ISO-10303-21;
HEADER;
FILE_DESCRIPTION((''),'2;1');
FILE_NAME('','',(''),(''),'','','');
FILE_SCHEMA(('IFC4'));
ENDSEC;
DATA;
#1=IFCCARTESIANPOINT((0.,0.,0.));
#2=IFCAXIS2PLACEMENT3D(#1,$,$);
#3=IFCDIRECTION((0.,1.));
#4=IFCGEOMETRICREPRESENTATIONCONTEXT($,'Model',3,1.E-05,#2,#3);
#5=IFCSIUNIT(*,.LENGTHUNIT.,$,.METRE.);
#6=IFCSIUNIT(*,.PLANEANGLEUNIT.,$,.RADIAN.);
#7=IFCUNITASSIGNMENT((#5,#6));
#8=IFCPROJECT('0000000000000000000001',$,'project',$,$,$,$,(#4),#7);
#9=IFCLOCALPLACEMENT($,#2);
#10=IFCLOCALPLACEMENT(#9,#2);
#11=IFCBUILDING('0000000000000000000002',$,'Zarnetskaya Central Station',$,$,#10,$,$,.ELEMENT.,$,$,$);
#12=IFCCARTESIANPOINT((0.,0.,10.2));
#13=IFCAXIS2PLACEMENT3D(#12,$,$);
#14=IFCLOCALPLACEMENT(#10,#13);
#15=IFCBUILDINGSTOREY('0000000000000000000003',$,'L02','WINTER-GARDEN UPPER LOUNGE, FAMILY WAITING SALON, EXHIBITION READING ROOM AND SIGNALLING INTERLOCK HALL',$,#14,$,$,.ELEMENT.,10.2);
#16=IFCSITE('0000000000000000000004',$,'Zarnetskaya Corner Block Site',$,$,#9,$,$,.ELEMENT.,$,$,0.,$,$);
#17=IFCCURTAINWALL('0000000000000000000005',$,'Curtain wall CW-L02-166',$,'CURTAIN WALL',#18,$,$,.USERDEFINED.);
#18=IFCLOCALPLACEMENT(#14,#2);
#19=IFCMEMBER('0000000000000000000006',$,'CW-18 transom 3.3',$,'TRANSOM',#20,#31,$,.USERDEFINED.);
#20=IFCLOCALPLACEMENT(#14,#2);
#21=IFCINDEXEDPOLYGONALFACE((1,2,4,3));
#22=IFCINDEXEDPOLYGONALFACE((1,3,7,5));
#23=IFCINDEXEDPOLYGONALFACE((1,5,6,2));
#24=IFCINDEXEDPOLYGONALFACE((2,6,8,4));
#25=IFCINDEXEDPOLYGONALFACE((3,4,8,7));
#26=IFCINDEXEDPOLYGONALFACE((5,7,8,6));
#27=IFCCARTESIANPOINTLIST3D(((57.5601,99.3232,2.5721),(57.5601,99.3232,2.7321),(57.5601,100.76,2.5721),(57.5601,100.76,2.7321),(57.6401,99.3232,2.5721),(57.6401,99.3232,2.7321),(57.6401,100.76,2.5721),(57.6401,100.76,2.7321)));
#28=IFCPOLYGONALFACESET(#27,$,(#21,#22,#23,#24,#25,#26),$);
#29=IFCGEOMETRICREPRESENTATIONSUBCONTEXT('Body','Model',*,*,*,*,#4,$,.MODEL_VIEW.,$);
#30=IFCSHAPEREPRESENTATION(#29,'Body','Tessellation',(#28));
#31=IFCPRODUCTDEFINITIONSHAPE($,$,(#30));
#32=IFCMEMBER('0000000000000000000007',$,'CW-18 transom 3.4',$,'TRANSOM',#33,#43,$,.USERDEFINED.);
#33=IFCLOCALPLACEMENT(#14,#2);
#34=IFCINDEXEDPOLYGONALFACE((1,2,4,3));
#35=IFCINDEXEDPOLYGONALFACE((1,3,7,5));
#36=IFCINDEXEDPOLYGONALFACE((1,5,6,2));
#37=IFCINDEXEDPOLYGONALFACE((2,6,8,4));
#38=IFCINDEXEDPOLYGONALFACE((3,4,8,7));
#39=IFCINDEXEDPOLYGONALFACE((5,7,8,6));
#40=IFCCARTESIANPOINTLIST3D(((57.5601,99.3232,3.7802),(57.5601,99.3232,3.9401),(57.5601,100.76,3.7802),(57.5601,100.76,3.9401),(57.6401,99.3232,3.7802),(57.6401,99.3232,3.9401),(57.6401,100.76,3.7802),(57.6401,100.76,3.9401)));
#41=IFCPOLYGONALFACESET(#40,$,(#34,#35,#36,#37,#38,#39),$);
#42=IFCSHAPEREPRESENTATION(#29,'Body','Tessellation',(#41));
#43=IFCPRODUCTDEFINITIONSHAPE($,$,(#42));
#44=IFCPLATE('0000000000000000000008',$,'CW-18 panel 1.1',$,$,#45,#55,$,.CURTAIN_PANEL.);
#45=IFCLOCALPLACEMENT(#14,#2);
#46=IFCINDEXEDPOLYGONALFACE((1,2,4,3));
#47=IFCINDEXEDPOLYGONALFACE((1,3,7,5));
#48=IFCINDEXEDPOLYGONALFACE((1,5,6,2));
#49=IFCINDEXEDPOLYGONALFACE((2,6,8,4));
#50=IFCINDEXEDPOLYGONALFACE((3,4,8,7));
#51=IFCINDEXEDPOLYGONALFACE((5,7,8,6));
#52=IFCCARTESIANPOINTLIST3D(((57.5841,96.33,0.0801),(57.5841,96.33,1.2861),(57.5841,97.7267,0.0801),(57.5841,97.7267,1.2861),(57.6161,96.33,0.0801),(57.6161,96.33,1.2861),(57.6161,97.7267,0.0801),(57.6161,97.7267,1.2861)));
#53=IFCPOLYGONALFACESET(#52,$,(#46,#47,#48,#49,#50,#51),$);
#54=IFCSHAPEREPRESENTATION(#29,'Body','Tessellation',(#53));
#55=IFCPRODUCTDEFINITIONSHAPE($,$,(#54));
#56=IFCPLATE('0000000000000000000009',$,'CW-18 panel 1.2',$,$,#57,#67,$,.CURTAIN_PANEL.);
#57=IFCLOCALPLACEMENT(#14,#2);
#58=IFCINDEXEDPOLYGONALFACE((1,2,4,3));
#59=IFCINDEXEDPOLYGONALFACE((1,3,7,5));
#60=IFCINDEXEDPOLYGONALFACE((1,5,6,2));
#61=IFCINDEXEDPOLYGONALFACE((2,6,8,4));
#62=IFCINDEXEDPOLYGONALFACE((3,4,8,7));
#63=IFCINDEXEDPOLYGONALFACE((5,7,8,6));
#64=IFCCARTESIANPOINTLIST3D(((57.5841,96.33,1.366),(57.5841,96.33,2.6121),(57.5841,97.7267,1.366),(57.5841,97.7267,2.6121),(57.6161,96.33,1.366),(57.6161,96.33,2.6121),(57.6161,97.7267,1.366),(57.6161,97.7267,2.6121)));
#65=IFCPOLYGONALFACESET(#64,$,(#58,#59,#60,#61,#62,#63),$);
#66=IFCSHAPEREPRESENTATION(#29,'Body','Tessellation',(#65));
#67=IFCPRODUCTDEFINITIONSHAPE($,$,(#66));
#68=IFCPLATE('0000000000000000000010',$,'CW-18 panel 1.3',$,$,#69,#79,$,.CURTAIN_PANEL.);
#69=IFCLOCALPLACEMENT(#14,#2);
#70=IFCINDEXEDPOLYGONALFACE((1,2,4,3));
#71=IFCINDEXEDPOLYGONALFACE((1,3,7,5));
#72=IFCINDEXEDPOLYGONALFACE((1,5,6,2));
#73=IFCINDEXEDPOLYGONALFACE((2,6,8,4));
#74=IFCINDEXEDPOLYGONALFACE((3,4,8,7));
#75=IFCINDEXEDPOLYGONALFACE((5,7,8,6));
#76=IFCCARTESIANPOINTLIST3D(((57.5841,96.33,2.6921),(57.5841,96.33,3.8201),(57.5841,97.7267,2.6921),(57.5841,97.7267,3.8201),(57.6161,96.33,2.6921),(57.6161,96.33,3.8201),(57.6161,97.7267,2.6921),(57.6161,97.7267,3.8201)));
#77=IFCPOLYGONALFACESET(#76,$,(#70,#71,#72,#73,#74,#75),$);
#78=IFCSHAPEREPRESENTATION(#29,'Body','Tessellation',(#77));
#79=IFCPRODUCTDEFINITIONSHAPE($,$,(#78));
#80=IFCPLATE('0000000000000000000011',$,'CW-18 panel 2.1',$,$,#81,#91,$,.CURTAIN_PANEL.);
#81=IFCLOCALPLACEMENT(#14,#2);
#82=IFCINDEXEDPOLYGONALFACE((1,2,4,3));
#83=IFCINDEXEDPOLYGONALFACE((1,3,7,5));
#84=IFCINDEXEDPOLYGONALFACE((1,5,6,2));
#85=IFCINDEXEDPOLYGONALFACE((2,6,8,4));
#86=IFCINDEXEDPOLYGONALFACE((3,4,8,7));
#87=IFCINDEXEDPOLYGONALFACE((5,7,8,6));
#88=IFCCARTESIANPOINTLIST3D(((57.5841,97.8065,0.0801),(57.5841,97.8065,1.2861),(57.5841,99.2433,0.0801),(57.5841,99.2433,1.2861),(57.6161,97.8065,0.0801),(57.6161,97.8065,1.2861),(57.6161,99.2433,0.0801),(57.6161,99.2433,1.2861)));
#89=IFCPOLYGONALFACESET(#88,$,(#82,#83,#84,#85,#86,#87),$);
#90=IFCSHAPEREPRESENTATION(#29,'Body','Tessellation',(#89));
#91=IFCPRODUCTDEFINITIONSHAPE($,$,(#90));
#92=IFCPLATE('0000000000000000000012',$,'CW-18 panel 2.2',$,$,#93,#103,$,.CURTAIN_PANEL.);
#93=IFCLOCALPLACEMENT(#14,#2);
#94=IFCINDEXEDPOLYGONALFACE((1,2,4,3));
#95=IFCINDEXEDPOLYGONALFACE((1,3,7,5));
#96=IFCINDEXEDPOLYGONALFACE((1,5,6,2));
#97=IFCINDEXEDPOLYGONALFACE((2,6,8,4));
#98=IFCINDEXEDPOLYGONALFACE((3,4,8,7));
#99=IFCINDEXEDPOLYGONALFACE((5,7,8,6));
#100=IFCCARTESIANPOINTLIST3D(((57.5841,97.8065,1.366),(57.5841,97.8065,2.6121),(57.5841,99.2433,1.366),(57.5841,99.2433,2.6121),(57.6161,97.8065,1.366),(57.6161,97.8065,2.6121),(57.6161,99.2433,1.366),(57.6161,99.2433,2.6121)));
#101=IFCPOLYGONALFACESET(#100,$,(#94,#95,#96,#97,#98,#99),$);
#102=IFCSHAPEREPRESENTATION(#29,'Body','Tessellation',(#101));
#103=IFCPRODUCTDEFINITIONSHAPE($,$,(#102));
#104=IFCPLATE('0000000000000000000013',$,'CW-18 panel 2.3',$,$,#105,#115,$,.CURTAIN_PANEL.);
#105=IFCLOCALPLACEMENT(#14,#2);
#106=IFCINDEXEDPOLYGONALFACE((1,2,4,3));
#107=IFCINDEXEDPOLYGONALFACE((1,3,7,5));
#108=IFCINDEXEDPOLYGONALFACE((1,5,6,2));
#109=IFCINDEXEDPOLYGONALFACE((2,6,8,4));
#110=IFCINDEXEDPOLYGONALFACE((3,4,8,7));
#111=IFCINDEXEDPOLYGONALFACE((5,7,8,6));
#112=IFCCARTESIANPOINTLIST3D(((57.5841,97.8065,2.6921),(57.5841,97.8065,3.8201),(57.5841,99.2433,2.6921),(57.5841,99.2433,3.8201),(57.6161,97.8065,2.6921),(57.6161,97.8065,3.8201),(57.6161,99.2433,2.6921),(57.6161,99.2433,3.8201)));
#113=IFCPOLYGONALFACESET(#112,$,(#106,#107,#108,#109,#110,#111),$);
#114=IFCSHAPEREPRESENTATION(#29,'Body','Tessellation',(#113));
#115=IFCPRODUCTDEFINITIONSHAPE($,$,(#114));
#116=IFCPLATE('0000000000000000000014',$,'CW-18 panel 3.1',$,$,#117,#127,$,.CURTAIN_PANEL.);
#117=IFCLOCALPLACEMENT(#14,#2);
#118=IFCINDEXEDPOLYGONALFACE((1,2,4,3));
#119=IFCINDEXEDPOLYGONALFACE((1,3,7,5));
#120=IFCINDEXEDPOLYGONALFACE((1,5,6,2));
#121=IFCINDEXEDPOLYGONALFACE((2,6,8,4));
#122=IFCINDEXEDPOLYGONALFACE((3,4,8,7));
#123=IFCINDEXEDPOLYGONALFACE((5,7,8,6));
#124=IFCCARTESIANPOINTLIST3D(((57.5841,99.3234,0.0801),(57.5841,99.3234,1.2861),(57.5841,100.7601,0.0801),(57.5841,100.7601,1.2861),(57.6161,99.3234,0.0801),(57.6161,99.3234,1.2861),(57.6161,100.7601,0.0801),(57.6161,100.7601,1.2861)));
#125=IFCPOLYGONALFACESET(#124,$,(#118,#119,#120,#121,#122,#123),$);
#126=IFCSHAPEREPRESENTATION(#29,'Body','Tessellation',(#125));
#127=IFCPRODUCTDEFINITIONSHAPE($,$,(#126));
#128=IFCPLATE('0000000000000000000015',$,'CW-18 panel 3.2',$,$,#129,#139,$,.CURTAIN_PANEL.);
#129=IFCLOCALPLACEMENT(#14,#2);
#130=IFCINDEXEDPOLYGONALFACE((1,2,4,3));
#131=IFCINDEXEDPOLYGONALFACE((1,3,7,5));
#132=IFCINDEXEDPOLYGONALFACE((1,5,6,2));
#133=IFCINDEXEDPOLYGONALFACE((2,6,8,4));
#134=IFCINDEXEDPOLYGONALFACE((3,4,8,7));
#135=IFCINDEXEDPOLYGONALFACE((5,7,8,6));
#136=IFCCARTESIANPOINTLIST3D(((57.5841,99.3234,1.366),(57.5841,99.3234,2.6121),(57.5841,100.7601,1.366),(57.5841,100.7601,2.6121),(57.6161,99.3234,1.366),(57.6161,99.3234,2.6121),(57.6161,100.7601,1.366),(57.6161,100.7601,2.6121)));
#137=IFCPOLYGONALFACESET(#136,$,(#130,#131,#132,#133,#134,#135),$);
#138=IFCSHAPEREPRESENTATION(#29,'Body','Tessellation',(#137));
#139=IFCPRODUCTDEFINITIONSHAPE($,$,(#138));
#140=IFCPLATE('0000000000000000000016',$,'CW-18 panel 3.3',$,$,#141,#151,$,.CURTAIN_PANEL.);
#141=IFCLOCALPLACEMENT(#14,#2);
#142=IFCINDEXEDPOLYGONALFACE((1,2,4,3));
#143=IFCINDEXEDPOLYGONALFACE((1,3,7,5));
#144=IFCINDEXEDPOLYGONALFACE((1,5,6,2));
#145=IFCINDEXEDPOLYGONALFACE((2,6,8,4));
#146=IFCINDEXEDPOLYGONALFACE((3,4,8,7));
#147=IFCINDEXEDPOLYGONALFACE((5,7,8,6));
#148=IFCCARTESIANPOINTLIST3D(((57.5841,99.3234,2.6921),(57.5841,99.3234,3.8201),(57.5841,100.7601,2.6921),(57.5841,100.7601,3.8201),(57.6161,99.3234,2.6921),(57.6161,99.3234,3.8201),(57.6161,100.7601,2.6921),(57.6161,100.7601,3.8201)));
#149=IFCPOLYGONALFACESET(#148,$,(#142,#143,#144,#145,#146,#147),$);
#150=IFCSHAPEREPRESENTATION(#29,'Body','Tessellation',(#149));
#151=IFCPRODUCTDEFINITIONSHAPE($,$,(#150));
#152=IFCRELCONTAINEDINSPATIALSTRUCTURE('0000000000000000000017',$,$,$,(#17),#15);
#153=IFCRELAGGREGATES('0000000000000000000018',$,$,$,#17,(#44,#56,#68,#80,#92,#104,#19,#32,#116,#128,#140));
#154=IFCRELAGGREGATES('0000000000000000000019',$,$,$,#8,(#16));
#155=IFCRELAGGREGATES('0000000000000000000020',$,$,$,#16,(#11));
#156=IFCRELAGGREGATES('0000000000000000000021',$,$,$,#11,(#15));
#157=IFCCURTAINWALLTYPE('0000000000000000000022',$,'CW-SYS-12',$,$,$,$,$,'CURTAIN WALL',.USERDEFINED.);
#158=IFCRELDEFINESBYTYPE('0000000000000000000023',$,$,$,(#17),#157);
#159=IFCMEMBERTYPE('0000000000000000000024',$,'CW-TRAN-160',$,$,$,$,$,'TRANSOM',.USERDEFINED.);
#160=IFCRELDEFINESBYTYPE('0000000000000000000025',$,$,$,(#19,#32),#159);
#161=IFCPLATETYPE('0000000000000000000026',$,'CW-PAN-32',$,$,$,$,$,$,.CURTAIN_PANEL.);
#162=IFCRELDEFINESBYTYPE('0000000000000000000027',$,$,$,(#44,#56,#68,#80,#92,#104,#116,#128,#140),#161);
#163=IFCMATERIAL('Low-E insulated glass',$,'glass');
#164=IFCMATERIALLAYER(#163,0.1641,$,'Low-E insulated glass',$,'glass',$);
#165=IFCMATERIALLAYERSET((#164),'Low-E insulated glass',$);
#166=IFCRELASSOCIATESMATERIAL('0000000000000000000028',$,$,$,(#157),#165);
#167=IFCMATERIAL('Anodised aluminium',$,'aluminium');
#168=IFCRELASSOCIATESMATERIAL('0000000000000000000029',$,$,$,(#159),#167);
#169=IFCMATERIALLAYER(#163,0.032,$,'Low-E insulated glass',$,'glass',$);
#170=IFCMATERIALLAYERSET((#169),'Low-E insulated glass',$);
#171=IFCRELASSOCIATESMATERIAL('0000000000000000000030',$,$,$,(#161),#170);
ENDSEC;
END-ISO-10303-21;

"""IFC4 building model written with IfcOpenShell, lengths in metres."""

from ifc_helpers import new_model, si_unit, direction, frame, origin, origin_2d, place, context, subcontext, project, spatial, rectangle, extrude, material, layer, layer_set, material_profile, profile_set, type_object, element, aggregate, save


model = new_model("IFC4")

# Units and contexts
model_context = context("Model", 3, precision=1e-05, world=origin(), true_north=direction((0.0, 1.0)))
body_context = subcontext(model_context, "Body", "Model", "MODEL_VIEW")
ifc_project = project(units=[si_unit("LENGTHUNIT", "METRE"), si_unit("PLANEANGLEUNIT", "RADIAN")], contexts=[model_context])

# Site, building, storey
site_placement = place(None, origin())
site = spatial("IfcSite", under=ifc_project, at=site_placement, Name="Zarnetskaya Corner Block Site", CompositionType="ELEMENT", RefElevation=0.0)
building_placement = place(site_placement, origin())
building = spatial("IfcBuilding", under=site, at=building_placement, Name="Zarnetskaya Central Station", CompositionType="ELEMENT")
storey_placement = place(building_placement, frame((0.0, 0.0, 10.2)))
storey = spatial("IfcBuildingStorey", under=building, at=storey_placement, Name="L02", Description="WINTER-GARDEN UPPER LOUNGE, FAMILY WAITING SALON, EXHIBITION READING ROOM AND SIGNALLING INTERLOCK HALL", CompositionType="ELEMENT", Elevation=10.2)

# Shared definitions
ifc_material_1 = material(Name="Low-E insulated glass", Category="glass")
ifc_layer_1 = layer(ifc_material_1, 0.1641, Name="Low-E insulated glass", Category="glass")
ifc_layer_set_1 = layer_set([ifc_layer_1], Name="Low-E insulated glass")
curtain_wall_type = type_object("IfcCurtainWallType", Name="CW-SYS-12", ElementType="CURTAIN WALL", PredefinedType="USERDEFINED", material=ifc_layer_set_1)
ifc_material_2 = material(Name="Anodised aluminium", Category="aluminium")

# Curtain wall, members, plates
curtain_wall_1_placement = place(storey_placement, origin())
curtain_wall_1 = element("IfcCurtainWall", 1, at=curtain_wall_1_placement, inside=storey, type_object=curtain_wall_type, Name="Curtain wall CW-L02-166", ObjectType="CURTAIN WALL", PredefinedType="USERDEFINED")
ifc_material_profile_1 = material_profile(ifc_material_2, rectangle(XDim=0.0801, YDim=0.1599, at=origin_2d()), Name="ALU TRAN 80x160")
ifc_profile_set_1 = profile_set([ifc_material_profile_1], Name="Anodised aluminium")
member_type_1 = type_object("IfcMemberType", Name="CW-TRAN-160", ElementType="TRANSOM", PredefinedType="USERDEFINED", material=ifc_profile_set_1)
member_1_placement = place(storey_placement, frame((57.6001, 99.3232, 2.6521), z_axis=(0.0, 1.0, 0.0), x_axis=(-1.0, 0.0, 0.0)))
member_1 = element("IfcMember", 2, at=member_1_placement, type_object=member_type_1, Name="CW-18 transom 3.3", ObjectType="TRANSOM", PredefinedType="USERDEFINED", context=body_context, shape_type="SweptSolid", body=[
    extrude(rectangle(XDim=0.0801, YDim=0.1599, at=origin_2d()), origin(), (0.0, 0.0, 1.0), 1.4368),
])
member_2_placement = place(storey_placement, frame((57.6001, 99.3232, 3.8601), z_axis=(0.0, 1.0, 0.0), x_axis=(-1.0, 0.0, 0.0)))
member_2 = element("IfcMember", 3, at=member_2_placement, type_object=member_type_1, Name="CW-18 transom 3.4", ObjectType="TRANSOM", PredefinedType="USERDEFINED", context=body_context, shape_type="SweptSolid", body=[
    extrude(rectangle(XDim=0.0801, YDim=0.1599, at=origin_2d()), origin(), (0.0, 0.0, 1.0), 1.4368),
])
ifc_layer_2 = layer(ifc_material_1, 0.032, Name="Low-E insulated glass", Category="glass")
ifc_layer_set_2 = layer_set([ifc_layer_2], Name="Low-E insulated glass")
plate_type = type_object("IfcPlateType", Name="CW-PAN-32", PredefinedType="CURTAIN_PANEL", material=ifc_layer_set_2)
plate_1_placement = place(storey_placement, frame((57.6001, 97.0283, 0.0801), z_axis=(0.0, 0.0, 1.0), x_axis=(0.0, 1.0, 0.0)))
plate_1 = element("IfcPlate", 4, at=plate_1_placement, type_object=plate_type, Name="CW-18 panel 1.1", PredefinedType="CURTAIN_PANEL", context=body_context, shape_type="SweptSolid", body=[
    extrude(rectangle(XDim=1.3967, YDim=0.032, at=origin_2d()), origin(), (0.0, 0.0, 1.0), 1.2061),
])
plate_2_placement = place(storey_placement, frame((57.6001, 97.0283, 1.366), z_axis=(0.0, 0.0, 1.0), x_axis=(0.0, 1.0, 0.0)))
plate_2 = element("IfcPlate", 5, at=plate_2_placement, type_object=plate_type, Name="CW-18 panel 1.2", PredefinedType="CURTAIN_PANEL", context=body_context, shape_type="SweptSolid", body=[
    extrude(rectangle(XDim=1.3967, YDim=0.032, at=origin_2d()), origin(), (0.0, 0.0, 1.0), 1.2461),
])
plate_3_placement = place(storey_placement, frame((57.6001, 97.0283, 2.6921), z_axis=(0.0, 0.0, 1.0), x_axis=(0.0, 1.0, 0.0)))
plate_3 = element("IfcPlate", 6, at=plate_3_placement, type_object=plate_type, Name="CW-18 panel 1.3", PredefinedType="CURTAIN_PANEL", context=body_context, shape_type="SweptSolid", body=[
    extrude(rectangle(XDim=1.3967, YDim=0.032, at=origin_2d()), origin(), (0.0, 0.0, 1.0), 1.1279),
])
plate_4_placement = place(storey_placement, frame((57.6001, 98.5249, 0.0801), z_axis=(0.0, 0.0, 1.0), x_axis=(0.0, 1.0, 0.0)))
plate_4 = element("IfcPlate", 7, at=plate_4_placement, type_object=plate_type, Name="CW-18 panel 2.1", PredefinedType="CURTAIN_PANEL", context=body_context, shape_type="SweptSolid", body=[
    extrude(rectangle(XDim=1.4368, YDim=0.032, at=origin_2d()), origin(), (0.0, 0.0, 1.0), 1.2061),
])
plate_5_placement = place(storey_placement, frame((57.6001, 98.5249, 1.366), z_axis=(0.0, 0.0, 1.0), x_axis=(0.0, 1.0, 0.0)))
plate_5 = element("IfcPlate", 8, at=plate_5_placement, type_object=plate_type, Name="CW-18 panel 2.2", PredefinedType="CURTAIN_PANEL", context=body_context, shape_type="SweptSolid", body=[
    extrude(rectangle(XDim=1.4368, YDim=0.032, at=origin_2d()), origin(), (0.0, 0.0, 1.0), 1.2461),
])
plate_6_placement = place(storey_placement, frame((57.6001, 98.5249, 2.6921), z_axis=(0.0, 0.0, 1.0), x_axis=(0.0, 1.0, 0.0)))
plate_6 = element("IfcPlate", 9, at=plate_6_placement, type_object=plate_type, Name="CW-18 panel 2.3", PredefinedType="CURTAIN_PANEL", context=body_context, shape_type="SweptSolid", body=[
    extrude(rectangle(XDim=1.4368, YDim=0.032, at=origin_2d()), origin(), (0.0, 0.0, 1.0), 1.1279),
])
plate_7_placement = place(storey_placement, frame((57.6001, 100.0417, 0.0801), z_axis=(0.0, 0.0, 1.0), x_axis=(0.0, 1.0, 0.0)))
plate_7 = element("IfcPlate", 10, at=plate_7_placement, type_object=plate_type, Name="CW-18 panel 3.1", PredefinedType="CURTAIN_PANEL", context=body_context, shape_type="SweptSolid", body=[
    extrude(rectangle(XDim=1.4368, YDim=0.032, at=origin_2d()), origin(), (0.0, 0.0, 1.0), 1.2061),
])
plate_8_placement = place(storey_placement, frame((57.6001, 100.0417, 1.366), z_axis=(0.0, 0.0, 1.0), x_axis=(0.0, 1.0, 0.0)))
plate_8 = element("IfcPlate", 11, at=plate_8_placement, type_object=plate_type, Name="CW-18 panel 3.2", PredefinedType="CURTAIN_PANEL", context=body_context, shape_type="SweptSolid", body=[
    extrude(rectangle(XDim=1.4368, YDim=0.032, at=origin_2d()), origin(), (0.0, 0.0, 1.0), 1.2461),
])
plate_9_placement = place(storey_placement, frame((57.6001, 100.0417, 2.6921), z_axis=(0.0, 0.0, 1.0), x_axis=(0.0, 1.0, 0.0)))
plate_9 = element("IfcPlate", 12, at=plate_9_placement, type_object=plate_type, Name="CW-18 panel 3.3", PredefinedType="CURTAIN_PANEL", context=body_context, shape_type="SweptSolid", body=[
    extrude(rectangle(XDim=1.4368, YDim=0.032, at=origin_2d()), origin(), (0.0, 0.0, 1.0), 1.1279),
])
aggregate(curtain_wall_1, [plate_1, plate_2, plate_3, plate_4, plate_5, plate_6, member_1, member_2, plate_7, plate_8, plate_9])

save(model, "model.ifc")
